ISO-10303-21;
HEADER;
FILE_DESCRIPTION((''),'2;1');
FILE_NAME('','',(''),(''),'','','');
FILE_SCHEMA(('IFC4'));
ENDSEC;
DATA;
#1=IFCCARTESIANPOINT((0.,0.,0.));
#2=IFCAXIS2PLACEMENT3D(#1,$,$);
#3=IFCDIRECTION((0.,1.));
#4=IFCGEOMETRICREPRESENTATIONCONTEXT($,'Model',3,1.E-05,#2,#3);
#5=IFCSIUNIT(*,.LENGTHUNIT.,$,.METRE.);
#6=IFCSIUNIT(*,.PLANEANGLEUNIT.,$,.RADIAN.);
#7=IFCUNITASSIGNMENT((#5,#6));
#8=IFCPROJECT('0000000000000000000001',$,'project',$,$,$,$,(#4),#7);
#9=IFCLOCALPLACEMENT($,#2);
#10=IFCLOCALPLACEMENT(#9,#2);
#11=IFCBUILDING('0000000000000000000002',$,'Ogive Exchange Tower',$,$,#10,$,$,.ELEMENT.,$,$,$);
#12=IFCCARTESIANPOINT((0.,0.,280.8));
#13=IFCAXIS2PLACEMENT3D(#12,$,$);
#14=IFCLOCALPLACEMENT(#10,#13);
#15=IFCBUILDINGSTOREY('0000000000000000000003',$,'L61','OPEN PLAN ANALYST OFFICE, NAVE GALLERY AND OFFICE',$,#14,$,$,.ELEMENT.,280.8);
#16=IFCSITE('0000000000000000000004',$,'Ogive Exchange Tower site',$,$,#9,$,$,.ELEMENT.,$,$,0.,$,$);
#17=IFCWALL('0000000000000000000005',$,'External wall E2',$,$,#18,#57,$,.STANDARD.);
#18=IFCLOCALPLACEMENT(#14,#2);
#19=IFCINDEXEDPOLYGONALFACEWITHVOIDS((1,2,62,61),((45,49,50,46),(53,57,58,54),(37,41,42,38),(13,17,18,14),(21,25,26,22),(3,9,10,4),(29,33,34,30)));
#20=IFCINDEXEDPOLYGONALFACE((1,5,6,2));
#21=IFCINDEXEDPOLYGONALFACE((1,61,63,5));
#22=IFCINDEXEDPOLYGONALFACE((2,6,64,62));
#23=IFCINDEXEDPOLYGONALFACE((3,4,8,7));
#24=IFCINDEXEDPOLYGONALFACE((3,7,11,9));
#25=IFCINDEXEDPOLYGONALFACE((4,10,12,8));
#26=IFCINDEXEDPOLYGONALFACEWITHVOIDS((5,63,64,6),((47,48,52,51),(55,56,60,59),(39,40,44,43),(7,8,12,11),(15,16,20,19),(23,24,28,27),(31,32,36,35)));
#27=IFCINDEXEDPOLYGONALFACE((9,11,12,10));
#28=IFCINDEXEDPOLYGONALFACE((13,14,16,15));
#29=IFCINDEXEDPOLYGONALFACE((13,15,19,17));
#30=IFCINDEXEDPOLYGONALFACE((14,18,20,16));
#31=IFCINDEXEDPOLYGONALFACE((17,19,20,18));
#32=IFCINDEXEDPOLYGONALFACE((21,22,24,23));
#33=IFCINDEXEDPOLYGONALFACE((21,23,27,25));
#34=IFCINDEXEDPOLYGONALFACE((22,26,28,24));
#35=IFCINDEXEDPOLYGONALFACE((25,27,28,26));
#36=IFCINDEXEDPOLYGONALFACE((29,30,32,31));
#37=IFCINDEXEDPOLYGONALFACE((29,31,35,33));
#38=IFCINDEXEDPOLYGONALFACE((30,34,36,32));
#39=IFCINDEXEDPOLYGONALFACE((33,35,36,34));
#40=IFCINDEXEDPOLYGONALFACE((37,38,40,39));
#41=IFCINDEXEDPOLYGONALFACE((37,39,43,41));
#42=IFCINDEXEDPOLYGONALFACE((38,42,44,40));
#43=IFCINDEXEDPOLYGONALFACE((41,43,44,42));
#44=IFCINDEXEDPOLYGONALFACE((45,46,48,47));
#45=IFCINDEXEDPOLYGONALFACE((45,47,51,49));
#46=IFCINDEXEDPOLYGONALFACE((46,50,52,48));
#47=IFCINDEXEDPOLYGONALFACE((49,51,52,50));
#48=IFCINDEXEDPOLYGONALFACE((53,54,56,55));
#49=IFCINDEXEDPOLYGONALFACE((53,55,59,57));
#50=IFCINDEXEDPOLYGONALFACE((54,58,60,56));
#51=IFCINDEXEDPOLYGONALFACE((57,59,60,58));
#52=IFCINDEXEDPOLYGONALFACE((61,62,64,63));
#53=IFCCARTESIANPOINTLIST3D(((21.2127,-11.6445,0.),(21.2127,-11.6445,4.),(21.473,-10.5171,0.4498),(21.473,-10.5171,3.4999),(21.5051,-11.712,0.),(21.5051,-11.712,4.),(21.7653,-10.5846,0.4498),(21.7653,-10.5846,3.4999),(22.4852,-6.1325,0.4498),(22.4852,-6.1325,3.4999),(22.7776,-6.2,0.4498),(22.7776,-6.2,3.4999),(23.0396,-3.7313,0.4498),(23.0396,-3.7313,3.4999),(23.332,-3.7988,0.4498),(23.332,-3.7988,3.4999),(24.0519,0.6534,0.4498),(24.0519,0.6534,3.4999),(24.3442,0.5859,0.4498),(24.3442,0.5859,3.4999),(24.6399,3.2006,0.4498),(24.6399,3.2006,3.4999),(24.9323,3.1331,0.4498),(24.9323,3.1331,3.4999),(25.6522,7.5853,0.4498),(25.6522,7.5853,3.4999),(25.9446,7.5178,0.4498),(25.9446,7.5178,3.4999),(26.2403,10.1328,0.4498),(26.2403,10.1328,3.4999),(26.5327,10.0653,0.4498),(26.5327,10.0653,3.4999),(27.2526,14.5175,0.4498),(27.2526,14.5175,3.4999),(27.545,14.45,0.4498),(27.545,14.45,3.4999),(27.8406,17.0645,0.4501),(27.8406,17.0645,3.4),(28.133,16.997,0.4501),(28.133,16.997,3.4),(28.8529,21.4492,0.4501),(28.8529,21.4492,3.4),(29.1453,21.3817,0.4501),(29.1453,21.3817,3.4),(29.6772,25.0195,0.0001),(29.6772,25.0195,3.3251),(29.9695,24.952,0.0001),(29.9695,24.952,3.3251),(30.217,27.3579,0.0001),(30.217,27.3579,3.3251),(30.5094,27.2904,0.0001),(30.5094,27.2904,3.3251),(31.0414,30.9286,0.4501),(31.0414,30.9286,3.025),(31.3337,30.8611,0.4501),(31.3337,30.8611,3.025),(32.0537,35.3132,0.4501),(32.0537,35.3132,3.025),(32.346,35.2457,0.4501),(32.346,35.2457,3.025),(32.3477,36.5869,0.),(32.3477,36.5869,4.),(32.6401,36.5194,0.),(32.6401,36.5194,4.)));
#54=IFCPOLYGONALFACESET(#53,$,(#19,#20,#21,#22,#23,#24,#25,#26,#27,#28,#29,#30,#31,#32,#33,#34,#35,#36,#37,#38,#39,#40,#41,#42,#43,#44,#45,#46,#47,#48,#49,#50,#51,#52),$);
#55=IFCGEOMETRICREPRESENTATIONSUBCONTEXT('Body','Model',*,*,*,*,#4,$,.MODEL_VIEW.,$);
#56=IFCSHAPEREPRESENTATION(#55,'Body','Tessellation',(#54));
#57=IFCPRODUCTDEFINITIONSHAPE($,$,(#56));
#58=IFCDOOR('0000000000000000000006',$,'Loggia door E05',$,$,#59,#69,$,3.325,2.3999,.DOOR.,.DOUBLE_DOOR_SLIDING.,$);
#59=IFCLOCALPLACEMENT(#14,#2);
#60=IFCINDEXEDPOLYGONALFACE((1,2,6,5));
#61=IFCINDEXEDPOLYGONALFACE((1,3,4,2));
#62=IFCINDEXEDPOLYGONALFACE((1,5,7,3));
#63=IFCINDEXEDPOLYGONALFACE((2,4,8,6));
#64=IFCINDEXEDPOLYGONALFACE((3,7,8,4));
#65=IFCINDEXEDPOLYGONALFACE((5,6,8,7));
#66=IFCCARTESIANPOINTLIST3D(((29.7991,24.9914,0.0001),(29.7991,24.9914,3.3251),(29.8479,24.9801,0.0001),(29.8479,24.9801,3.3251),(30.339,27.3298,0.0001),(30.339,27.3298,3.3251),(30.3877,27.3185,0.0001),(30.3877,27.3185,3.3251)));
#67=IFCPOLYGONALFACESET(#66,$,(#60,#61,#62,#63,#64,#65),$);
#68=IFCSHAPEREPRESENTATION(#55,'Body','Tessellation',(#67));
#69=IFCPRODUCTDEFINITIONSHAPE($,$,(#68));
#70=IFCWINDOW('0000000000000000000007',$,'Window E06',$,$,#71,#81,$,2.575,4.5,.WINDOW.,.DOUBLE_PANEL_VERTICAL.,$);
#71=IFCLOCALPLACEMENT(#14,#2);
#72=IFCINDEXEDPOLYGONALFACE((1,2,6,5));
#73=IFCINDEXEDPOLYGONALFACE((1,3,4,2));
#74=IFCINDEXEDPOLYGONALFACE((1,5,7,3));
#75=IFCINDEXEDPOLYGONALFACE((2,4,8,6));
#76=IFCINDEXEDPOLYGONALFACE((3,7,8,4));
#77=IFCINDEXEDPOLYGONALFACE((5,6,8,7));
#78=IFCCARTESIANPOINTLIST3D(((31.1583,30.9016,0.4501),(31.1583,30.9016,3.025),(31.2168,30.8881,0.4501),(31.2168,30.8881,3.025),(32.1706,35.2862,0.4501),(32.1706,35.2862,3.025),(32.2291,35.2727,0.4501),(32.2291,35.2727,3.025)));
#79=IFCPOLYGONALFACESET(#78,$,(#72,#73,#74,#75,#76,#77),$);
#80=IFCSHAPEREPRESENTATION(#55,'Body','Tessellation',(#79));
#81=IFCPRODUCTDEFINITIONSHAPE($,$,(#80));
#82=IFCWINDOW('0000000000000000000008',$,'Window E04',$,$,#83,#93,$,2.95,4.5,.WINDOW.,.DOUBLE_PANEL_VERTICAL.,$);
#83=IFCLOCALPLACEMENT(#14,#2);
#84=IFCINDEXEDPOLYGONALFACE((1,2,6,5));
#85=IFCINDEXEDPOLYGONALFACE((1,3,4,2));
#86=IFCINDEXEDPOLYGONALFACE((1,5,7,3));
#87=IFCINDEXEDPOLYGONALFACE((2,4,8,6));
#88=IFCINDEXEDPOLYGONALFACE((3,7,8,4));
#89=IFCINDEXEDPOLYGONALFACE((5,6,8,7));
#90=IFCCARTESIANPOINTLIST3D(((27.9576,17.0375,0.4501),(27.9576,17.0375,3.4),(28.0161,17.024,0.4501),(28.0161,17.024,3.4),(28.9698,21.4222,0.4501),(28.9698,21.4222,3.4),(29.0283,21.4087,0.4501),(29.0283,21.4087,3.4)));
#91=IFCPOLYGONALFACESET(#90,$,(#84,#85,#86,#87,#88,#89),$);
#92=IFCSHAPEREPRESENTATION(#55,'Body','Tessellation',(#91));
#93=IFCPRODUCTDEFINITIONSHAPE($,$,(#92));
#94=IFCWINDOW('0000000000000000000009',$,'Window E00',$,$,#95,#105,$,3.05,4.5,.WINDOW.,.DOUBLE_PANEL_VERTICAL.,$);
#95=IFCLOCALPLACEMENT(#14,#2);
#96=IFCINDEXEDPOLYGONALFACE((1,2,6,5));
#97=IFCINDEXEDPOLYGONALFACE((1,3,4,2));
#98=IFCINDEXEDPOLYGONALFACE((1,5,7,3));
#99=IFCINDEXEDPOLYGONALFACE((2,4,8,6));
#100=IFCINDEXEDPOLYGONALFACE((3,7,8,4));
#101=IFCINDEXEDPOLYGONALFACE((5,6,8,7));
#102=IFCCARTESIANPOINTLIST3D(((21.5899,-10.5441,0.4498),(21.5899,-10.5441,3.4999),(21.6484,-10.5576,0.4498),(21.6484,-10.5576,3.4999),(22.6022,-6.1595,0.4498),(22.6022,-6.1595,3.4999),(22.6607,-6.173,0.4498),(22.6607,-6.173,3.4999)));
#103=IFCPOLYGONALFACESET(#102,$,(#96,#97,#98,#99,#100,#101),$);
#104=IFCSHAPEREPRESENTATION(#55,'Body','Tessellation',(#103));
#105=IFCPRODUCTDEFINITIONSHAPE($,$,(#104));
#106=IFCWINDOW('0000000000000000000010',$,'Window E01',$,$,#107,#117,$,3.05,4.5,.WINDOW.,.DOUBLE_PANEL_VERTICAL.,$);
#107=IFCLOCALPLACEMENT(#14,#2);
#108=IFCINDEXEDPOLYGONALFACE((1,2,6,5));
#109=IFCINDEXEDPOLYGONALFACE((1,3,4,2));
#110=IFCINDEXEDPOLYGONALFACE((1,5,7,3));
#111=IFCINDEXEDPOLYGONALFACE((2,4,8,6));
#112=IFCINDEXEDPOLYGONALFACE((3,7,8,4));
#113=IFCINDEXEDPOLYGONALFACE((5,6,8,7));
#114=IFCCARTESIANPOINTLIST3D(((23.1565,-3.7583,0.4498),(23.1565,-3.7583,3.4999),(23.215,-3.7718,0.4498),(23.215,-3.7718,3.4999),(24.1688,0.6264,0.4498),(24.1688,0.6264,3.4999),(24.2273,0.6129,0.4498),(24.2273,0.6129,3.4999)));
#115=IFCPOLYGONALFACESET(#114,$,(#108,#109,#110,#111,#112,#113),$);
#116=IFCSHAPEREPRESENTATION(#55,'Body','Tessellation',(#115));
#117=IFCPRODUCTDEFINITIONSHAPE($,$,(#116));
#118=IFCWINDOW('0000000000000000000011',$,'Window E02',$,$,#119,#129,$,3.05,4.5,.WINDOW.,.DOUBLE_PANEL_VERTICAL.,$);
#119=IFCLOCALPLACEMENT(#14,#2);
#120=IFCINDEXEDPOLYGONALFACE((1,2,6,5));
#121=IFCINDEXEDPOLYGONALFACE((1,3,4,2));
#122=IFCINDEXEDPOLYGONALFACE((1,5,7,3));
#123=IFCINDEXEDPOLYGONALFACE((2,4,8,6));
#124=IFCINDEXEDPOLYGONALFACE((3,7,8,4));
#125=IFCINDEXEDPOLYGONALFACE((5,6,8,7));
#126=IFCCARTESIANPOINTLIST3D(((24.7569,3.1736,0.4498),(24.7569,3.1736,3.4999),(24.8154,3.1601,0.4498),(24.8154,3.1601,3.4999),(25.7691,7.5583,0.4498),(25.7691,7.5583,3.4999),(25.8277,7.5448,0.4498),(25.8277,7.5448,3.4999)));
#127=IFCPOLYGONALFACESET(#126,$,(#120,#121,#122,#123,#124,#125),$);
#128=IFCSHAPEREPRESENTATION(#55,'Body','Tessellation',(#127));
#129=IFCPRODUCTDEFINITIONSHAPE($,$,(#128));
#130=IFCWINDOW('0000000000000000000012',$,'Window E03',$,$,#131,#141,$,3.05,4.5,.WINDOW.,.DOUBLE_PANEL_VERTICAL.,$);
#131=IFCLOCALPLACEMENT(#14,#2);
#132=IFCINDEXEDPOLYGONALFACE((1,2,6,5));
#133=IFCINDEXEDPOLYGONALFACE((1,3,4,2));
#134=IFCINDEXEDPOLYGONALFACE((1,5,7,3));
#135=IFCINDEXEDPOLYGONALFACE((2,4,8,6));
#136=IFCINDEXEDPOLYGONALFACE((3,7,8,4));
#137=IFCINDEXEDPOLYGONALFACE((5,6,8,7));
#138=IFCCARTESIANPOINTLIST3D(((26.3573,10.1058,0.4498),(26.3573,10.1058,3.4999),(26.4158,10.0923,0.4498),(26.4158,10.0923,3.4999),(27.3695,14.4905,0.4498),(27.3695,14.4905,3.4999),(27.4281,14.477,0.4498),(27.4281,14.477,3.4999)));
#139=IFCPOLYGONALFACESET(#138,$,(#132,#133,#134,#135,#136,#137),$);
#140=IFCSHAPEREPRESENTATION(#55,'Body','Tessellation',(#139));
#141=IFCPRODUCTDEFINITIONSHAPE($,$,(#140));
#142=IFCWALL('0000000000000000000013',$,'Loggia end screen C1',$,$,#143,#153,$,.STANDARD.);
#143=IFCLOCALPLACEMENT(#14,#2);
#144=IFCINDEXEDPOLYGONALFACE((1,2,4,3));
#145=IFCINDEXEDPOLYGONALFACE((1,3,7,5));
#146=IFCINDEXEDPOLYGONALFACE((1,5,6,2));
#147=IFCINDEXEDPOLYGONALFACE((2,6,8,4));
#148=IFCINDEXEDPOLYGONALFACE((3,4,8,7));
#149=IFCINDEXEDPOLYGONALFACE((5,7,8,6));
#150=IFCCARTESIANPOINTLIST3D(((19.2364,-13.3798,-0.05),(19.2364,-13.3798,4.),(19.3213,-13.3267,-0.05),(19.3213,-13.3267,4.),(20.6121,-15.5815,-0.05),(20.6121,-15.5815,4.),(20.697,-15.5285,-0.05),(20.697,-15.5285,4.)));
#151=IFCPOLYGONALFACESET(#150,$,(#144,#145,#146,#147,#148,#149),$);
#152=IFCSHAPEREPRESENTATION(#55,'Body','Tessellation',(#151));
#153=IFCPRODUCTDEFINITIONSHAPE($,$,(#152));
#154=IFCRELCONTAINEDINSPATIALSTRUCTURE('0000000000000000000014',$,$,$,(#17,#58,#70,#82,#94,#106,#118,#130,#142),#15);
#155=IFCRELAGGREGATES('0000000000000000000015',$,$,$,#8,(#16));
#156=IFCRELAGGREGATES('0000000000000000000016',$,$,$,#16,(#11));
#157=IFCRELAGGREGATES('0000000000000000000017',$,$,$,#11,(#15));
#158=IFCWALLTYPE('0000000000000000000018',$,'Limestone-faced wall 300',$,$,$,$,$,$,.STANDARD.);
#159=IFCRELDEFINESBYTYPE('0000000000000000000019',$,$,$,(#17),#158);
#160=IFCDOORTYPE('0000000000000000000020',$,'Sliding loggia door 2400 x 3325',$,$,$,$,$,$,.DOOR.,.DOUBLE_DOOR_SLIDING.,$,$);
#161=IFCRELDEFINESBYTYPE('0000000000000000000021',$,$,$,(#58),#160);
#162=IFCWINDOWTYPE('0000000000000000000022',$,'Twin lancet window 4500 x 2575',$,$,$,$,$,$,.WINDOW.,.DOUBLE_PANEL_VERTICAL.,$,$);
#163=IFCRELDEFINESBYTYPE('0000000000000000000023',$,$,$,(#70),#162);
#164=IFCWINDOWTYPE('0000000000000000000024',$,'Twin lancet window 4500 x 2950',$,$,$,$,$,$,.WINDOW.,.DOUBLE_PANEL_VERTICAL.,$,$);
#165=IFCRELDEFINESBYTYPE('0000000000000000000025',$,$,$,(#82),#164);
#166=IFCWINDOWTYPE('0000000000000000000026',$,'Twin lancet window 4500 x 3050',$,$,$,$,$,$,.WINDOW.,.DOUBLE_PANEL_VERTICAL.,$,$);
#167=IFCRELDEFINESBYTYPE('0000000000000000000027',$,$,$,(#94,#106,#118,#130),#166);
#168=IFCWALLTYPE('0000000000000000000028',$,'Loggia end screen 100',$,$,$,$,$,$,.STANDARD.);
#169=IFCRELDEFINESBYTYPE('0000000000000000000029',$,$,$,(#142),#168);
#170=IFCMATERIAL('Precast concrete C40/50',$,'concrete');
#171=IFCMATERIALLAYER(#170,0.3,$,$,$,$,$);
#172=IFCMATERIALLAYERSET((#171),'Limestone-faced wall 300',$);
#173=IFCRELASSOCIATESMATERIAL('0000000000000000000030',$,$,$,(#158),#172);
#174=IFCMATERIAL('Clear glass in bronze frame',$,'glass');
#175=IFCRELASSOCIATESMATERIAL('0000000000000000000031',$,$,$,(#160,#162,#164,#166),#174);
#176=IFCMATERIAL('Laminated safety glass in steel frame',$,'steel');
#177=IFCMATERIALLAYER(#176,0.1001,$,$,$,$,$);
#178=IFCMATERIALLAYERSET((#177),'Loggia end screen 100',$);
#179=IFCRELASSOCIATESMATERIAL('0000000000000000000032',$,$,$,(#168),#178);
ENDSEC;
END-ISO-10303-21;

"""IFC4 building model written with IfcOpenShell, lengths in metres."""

from ifc_helpers import new_model, si_unit, direction, frame, frame_2d, origin, place, context, subcontext, project, spatial, rectangle, extrude, material, layer, layer_set, type_object, element, fill, save


model = new_model("IFC4")

# Units and contexts
model_context = context("Model", 3, precision=1e-05, world=origin(), true_north=direction((0.0, 1.0)))
body_context = subcontext(model_context, "Body", "Model", "MODEL_VIEW")
ifc_project = project(units=[si_unit("LENGTHUNIT", "METRE"), si_unit("PLANEANGLEUNIT", "RADIAN")], contexts=[model_context])

# Site, building, storey
site_placement = place(None, origin())
site = spatial("IfcSite", under=ifc_project, at=site_placement, Name="Ogive Exchange Tower site", CompositionType="ELEMENT", RefElevation=0.0)
building_placement = place(site_placement, origin())
building = spatial("IfcBuilding", under=site, at=building_placement, Name="Ogive Exchange Tower", CompositionType="ELEMENT")
storey_placement = place(building_placement, frame((0.0, 0.0, 280.8)))
storey = spatial("IfcBuildingStorey", under=building, at=storey_placement, Name="L61", Description="OPEN PLAN ANALYST OFFICE, NAVE GALLERY AND OFFICE", CompositionType="ELEMENT", Elevation=280.8)

# Wall, openings, door, windows
ifc_material_1 = material(Name="Precast concrete C40/50", Category="concrete")
ifc_layer_1 = layer(ifc_material_1, 0.3)
ifc_layer_set_1 = layer_set([ifc_layer_1], Name="Limestone-faced wall 300")
wall_type_1 = type_object("IfcWallType", Name="Limestone-faced wall 300", PredefinedType="STANDARD", material=ifc_layer_set_1)
wall_1_placement = place(storey_placement, frame((21.3589, -11.6782, 0.0), z_axis=(0.0, 0.0, 1.0), x_axis=(0.224949, 0.97437, 0.0)))
wall_1 = element("IfcWall", 1, at=wall_1_placement, inside=storey, type_object=wall_type_1, Name="External wall E2", PredefinedType="STANDARD", context=body_context, shape_type="SweptSolid", body=[
    extrude(rectangle(XDim=49.5, YDim=0.3, at=frame_2d((24.75, 0.0))), origin(), (0.0, 0.0, 1.0), 4.0),
])
opening_1_placement = place(wall_1_placement, frame((1.157, 0.0, 0.45)))
opening_1 = element("IfcOpeningElement", 2, at=opening_1_placement, cuts=wall_1, PredefinedType="OPENING", context=body_context, shape_type="SweptSolid", body=[
    extrude(rectangle(XDim=4.5, YDim=3.05, at=frame_2d((2.25, 1.5249))), frame((0.0, 0.1599, 0.0), z_axis=(0.0, -1.0, 0.0), x_axis=(1.0, 0.0, 0.0)), (0.0, 0.0, 1.0), 0.3201),
])
opening_2_placement = place(wall_1_placement, frame((8.1213, 0.0, 0.45)))
opening_2 = element("IfcOpeningElement", 3, at=opening_2_placement, cuts=wall_1, PredefinedType="OPENING", context=body_context, shape_type="SweptSolid", body=[
    extrude(rectangle(XDim=4.5, YDim=3.05, at=frame_2d((2.25, 1.5249))), frame((0.0, 0.1599, 0.0), z_axis=(0.0, -1.0, 0.0), x_axis=(1.0, 0.0, 0.0)), (0.0, 0.0, 1.0), 0.3201),
])
opening_3_placement = place(wall_1_placement, frame((15.2356, 0.0, 0.45)))
opening_3 = element("IfcOpeningElement", 4, at=opening_3_placement, cuts=wall_1, PredefinedType="OPENING", context=body_context, shape_type="SweptSolid", body=[
    extrude(rectangle(XDim=4.5, YDim=3.05, at=frame_2d((2.25, 1.5249))), frame((0.0, 0.1599, 0.0), z_axis=(0.0, -1.0, 0.0), x_axis=(1.0, 0.0, 0.0)), (0.0, 0.0, 1.0), 0.3201),
])
opening_4_placement = place(wall_1_placement, frame((22.3501, 0.0, 0.45)))
opening_4 = element("IfcOpeningElement", 5, at=opening_4_placement, cuts=wall_1, PredefinedType="OPENING", context=body_context, shape_type="SweptSolid", body=[
    extrude(rectangle(XDim=4.5, YDim=3.05, at=frame_2d((2.25, 1.5249))), frame((0.0, 0.1599, 0.0), z_axis=(0.0, -1.0, 0.0), x_axis=(1.0, 0.0, 0.0)), (0.0, 0.0, 1.0), 0.3201),
])
opening_5_placement = place(wall_1_placement, frame((29.4641, 0.0, 0.45)))
opening_5 = element("IfcOpeningElement", 6, at=opening_5_placement, cuts=wall_1, PredefinedType="OPENING", context=body_context, shape_type="SweptSolid", body=[
    extrude(rectangle(XDim=4.5, YDim=2.95, at=frame_2d((2.25, 1.4751))), frame((0.0, 0.1599, 0.0), z_axis=(0.0, -1.0, 0.0), x_axis=(1.0, 0.0, 0.0)), (0.0, 0.0, 1.0), 0.3201),
])
opening_6_placement = place(wall_1_placement, frame((37.6284, 0.0, 0.0)))
opening_6 = element("IfcOpeningElement", 7, at=opening_6_placement, cuts=wall_1, PredefinedType="OPENING", context=body_context, shape_type="SweptSolid", body=[
    extrude(rectangle(XDim=2.3999, YDim=3.325, at=frame_2d((1.2, 1.6626))), frame((0.0, 0.1599, 0.0), z_axis=(0.0, -1.0, 0.0), x_axis=(1.0, 0.0, 0.0)), (0.0, 0.0, 1.0), 0.3201),
])
opening_7_placement = place(wall_1_placement, frame((43.6929, 0.0, 0.45)))
opening_7 = element("IfcOpeningElement", 8, at=opening_7_placement, cuts=wall_1, PredefinedType="OPENING", context=body_context, shape_type="SweptSolid", body=[
    extrude(rectangle(XDim=4.5, YDim=2.575, at=frame_2d((2.25, 1.2876))), frame((0.0, 0.1599, 0.0), z_axis=(0.0, -1.0, 0.0), x_axis=(1.0, 0.0, 0.0)), (0.0, 0.0, 1.0), 0.3201),
])
ifc_material_2 = material(Name="Clear glass in bronze frame", Category="glass")
door_type_1 = type_object("IfcDoorType", Name="Sliding loggia door 2400 x 3325", OperationType="DOUBLE_DOOR_SLIDING", PredefinedType="DOOR", material=ifc_material_2)
door_1_placement = place(opening_6_placement, origin())
door_1 = element("IfcDoor", 9, at=door_1_placement, inside=storey, type_object=door_type_1, Name="Loggia door E05", OperationType="DOUBLE_DOOR_SLIDING", OverallHeight=3.325, OverallWidth=2.3999, PredefinedType="DOOR", context=body_context, shape_type="SweptSolid", body=[
    extrude(rectangle(XDim=2.3999, YDim=3.325, at=frame_2d((1.2, 1.6626))), frame((0.0, 0.0249, 0.0), z_axis=(0.0, -1.0, 0.0), x_axis=(1.0, 0.0, 0.0)), (0.0, 0.0, 1.0), 0.05),
])
fill(opening_6, door_1)
window_type_1 = type_object("IfcWindowType", Name="Twin lancet window 4500 x 2575", PartitioningType="DOUBLE_PANEL_VERTICAL", PredefinedType="WINDOW", material=ifc_material_2)
window_1_placement = place(opening_7_placement, origin())
window_1 = element("IfcWindow", 10, at=window_1_placement, inside=storey, type_object=window_type_1, Name="Window E06", OverallHeight=2.575, OverallWidth=4.5, PartitioningType="DOUBLE_PANEL_VERTICAL", PredefinedType="WINDOW", context=body_context, shape_type="SweptSolid", body=[
    extrude(rectangle(XDim=4.5, YDim=2.575, at=frame_2d((2.25, 1.2876))), frame((0.0, 0.03, 0.0), z_axis=(0.0, -1.0, 0.0), x_axis=(1.0, 0.0, 0.0)), (0.0, 0.0, 1.0), 0.0601),
])
fill(opening_7, window_1)
window_type_2 = type_object("IfcWindowType", Name="Twin lancet window 4500 x 2950", PartitioningType="DOUBLE_PANEL_VERTICAL", PredefinedType="WINDOW", material=ifc_material_2)
window_2_placement = place(opening_5_placement, origin())
window_2 = element("IfcWindow", 11, at=window_2_placement, inside=storey, type_object=window_type_2, Name="Window E04", OverallHeight=2.95, OverallWidth=4.5, PartitioningType="DOUBLE_PANEL_VERTICAL", PredefinedType="WINDOW", context=body_context, shape_type="SweptSolid", body=[
    extrude(rectangle(XDim=4.5, YDim=2.95, at=frame_2d((2.25, 1.4751))), frame((0.0, 0.03, 0.0), z_axis=(0.0, -1.0, 0.0), x_axis=(1.0, 0.0, 0.0)), (0.0, 0.0, 1.0), 0.0601),
])
fill(opening_5, window_2)
window_type_3 = type_object("IfcWindowType", Name="Twin lancet window 4500 x 3050", PartitioningType="DOUBLE_PANEL_VERTICAL", PredefinedType="WINDOW", material=ifc_material_2)
window_3_placement = place(opening_1_placement, origin())
window_3 = element("IfcWindow", 12, at=window_3_placement, inside=storey, type_object=window_type_3, Name="Window E00", OverallHeight=3.05, OverallWidth=4.5, PartitioningType="DOUBLE_PANEL_VERTICAL", PredefinedType="WINDOW", context=body_context, shape_type="SweptSolid", body=[
    extrude(rectangle(XDim=4.5, YDim=3.05, at=frame_2d((2.25, 1.5249))), frame((0.0, 0.03, 0.0), z_axis=(0.0, -1.0, 0.0), x_axis=(1.0, 0.0, 0.0)), (0.0, 0.0, 1.0), 0.0601),
])
fill(opening_1, window_3)
window_4_placement = place(opening_2_placement, origin())
window_4 = element("IfcWindow", 13, at=window_4_placement, inside=storey, type_object=window_type_3, Name="Window E01", OverallHeight=3.05, OverallWidth=4.5, PartitioningType="DOUBLE_PANEL_VERTICAL", PredefinedType="WINDOW", context=body_context, shape_type="SweptSolid", body=[
    extrude(rectangle(XDim=4.5, YDim=3.05, at=frame_2d((2.25, 1.5249))), frame((0.0, 0.03, 0.0), z_axis=(0.0, -1.0, 0.0), x_axis=(1.0, 0.0, 0.0)), (0.0, 0.0, 1.0), 0.0601),
])
fill(opening_2, window_4)
window_5_placement = place(opening_3_placement, origin())
window_5 = element("IfcWindow", 14, at=window_5_placement, inside=storey, type_object=window_type_3, Name="Window E02", OverallHeight=3.05, OverallWidth=4.5, PartitioningType="DOUBLE_PANEL_VERTICAL", PredefinedType="WINDOW", context=body_context, shape_type="SweptSolid", body=[
    extrude(rectangle(XDim=4.5, YDim=3.05, at=frame_2d((2.25, 1.5249))), frame((0.0, 0.03, 0.0), z_axis=(0.0, -1.0, 0.0), x_axis=(1.0, 0.0, 0.0)), (0.0, 0.0, 1.0), 0.0601),
])
fill(opening_3, window_5)
window_6_placement = place(opening_4_placement, origin())
window_6 = element("IfcWindow", 15, at=window_6_placement, inside=storey, type_object=window_type_3, Name="Window E03", OverallHeight=3.05, OverallWidth=4.5, PartitioningType="DOUBLE_PANEL_VERTICAL", PredefinedType="WINDOW", context=body_context, shape_type="SweptSolid", body=[
    extrude(rectangle(XDim=4.5, YDim=3.05, at=frame_2d((2.25, 1.5249))), frame((0.0, 0.03, 0.0), z_axis=(0.0, -1.0, 0.0), x_axis=(1.0, 0.0, 0.0)), (0.0, 0.0, 1.0), 0.0601),
])
fill(opening_4, window_6)

# Wall
ifc_material_3 = material(Name="Laminated safety glass in steel frame", Category="steel")
ifc_layer_2 = layer(ifc_material_3, 0.1001)
ifc_layer_set_2 = layer_set([ifc_layer_2], Name="Loggia end screen 100")
wall_type_2 = type_object("IfcWallType", Name="Loggia end screen 100", PredefinedType="STANDARD", material=ifc_layer_set_2)
wall_2_placement = place(storey_placement, frame((19.2788, -13.3533, -0.05), z_axis=(0.0, 0.0, 1.0), x_axis=(0.529914, -0.848051, 0.0)))
element("IfcWall", 16, at=wall_2_placement, inside=storey, type_object=wall_type_2, Name="Loggia end screen C1", PredefinedType="STANDARD", context=body_context, shape_type="SweptSolid", body=[
    extrude(rectangle(XDim=2.5962, YDim=0.1001, at=frame_2d((1.2981, 0.0))), origin(), (0.0, 0.0, 1.0), 4.05),
])

save(model, "model.ifc")
